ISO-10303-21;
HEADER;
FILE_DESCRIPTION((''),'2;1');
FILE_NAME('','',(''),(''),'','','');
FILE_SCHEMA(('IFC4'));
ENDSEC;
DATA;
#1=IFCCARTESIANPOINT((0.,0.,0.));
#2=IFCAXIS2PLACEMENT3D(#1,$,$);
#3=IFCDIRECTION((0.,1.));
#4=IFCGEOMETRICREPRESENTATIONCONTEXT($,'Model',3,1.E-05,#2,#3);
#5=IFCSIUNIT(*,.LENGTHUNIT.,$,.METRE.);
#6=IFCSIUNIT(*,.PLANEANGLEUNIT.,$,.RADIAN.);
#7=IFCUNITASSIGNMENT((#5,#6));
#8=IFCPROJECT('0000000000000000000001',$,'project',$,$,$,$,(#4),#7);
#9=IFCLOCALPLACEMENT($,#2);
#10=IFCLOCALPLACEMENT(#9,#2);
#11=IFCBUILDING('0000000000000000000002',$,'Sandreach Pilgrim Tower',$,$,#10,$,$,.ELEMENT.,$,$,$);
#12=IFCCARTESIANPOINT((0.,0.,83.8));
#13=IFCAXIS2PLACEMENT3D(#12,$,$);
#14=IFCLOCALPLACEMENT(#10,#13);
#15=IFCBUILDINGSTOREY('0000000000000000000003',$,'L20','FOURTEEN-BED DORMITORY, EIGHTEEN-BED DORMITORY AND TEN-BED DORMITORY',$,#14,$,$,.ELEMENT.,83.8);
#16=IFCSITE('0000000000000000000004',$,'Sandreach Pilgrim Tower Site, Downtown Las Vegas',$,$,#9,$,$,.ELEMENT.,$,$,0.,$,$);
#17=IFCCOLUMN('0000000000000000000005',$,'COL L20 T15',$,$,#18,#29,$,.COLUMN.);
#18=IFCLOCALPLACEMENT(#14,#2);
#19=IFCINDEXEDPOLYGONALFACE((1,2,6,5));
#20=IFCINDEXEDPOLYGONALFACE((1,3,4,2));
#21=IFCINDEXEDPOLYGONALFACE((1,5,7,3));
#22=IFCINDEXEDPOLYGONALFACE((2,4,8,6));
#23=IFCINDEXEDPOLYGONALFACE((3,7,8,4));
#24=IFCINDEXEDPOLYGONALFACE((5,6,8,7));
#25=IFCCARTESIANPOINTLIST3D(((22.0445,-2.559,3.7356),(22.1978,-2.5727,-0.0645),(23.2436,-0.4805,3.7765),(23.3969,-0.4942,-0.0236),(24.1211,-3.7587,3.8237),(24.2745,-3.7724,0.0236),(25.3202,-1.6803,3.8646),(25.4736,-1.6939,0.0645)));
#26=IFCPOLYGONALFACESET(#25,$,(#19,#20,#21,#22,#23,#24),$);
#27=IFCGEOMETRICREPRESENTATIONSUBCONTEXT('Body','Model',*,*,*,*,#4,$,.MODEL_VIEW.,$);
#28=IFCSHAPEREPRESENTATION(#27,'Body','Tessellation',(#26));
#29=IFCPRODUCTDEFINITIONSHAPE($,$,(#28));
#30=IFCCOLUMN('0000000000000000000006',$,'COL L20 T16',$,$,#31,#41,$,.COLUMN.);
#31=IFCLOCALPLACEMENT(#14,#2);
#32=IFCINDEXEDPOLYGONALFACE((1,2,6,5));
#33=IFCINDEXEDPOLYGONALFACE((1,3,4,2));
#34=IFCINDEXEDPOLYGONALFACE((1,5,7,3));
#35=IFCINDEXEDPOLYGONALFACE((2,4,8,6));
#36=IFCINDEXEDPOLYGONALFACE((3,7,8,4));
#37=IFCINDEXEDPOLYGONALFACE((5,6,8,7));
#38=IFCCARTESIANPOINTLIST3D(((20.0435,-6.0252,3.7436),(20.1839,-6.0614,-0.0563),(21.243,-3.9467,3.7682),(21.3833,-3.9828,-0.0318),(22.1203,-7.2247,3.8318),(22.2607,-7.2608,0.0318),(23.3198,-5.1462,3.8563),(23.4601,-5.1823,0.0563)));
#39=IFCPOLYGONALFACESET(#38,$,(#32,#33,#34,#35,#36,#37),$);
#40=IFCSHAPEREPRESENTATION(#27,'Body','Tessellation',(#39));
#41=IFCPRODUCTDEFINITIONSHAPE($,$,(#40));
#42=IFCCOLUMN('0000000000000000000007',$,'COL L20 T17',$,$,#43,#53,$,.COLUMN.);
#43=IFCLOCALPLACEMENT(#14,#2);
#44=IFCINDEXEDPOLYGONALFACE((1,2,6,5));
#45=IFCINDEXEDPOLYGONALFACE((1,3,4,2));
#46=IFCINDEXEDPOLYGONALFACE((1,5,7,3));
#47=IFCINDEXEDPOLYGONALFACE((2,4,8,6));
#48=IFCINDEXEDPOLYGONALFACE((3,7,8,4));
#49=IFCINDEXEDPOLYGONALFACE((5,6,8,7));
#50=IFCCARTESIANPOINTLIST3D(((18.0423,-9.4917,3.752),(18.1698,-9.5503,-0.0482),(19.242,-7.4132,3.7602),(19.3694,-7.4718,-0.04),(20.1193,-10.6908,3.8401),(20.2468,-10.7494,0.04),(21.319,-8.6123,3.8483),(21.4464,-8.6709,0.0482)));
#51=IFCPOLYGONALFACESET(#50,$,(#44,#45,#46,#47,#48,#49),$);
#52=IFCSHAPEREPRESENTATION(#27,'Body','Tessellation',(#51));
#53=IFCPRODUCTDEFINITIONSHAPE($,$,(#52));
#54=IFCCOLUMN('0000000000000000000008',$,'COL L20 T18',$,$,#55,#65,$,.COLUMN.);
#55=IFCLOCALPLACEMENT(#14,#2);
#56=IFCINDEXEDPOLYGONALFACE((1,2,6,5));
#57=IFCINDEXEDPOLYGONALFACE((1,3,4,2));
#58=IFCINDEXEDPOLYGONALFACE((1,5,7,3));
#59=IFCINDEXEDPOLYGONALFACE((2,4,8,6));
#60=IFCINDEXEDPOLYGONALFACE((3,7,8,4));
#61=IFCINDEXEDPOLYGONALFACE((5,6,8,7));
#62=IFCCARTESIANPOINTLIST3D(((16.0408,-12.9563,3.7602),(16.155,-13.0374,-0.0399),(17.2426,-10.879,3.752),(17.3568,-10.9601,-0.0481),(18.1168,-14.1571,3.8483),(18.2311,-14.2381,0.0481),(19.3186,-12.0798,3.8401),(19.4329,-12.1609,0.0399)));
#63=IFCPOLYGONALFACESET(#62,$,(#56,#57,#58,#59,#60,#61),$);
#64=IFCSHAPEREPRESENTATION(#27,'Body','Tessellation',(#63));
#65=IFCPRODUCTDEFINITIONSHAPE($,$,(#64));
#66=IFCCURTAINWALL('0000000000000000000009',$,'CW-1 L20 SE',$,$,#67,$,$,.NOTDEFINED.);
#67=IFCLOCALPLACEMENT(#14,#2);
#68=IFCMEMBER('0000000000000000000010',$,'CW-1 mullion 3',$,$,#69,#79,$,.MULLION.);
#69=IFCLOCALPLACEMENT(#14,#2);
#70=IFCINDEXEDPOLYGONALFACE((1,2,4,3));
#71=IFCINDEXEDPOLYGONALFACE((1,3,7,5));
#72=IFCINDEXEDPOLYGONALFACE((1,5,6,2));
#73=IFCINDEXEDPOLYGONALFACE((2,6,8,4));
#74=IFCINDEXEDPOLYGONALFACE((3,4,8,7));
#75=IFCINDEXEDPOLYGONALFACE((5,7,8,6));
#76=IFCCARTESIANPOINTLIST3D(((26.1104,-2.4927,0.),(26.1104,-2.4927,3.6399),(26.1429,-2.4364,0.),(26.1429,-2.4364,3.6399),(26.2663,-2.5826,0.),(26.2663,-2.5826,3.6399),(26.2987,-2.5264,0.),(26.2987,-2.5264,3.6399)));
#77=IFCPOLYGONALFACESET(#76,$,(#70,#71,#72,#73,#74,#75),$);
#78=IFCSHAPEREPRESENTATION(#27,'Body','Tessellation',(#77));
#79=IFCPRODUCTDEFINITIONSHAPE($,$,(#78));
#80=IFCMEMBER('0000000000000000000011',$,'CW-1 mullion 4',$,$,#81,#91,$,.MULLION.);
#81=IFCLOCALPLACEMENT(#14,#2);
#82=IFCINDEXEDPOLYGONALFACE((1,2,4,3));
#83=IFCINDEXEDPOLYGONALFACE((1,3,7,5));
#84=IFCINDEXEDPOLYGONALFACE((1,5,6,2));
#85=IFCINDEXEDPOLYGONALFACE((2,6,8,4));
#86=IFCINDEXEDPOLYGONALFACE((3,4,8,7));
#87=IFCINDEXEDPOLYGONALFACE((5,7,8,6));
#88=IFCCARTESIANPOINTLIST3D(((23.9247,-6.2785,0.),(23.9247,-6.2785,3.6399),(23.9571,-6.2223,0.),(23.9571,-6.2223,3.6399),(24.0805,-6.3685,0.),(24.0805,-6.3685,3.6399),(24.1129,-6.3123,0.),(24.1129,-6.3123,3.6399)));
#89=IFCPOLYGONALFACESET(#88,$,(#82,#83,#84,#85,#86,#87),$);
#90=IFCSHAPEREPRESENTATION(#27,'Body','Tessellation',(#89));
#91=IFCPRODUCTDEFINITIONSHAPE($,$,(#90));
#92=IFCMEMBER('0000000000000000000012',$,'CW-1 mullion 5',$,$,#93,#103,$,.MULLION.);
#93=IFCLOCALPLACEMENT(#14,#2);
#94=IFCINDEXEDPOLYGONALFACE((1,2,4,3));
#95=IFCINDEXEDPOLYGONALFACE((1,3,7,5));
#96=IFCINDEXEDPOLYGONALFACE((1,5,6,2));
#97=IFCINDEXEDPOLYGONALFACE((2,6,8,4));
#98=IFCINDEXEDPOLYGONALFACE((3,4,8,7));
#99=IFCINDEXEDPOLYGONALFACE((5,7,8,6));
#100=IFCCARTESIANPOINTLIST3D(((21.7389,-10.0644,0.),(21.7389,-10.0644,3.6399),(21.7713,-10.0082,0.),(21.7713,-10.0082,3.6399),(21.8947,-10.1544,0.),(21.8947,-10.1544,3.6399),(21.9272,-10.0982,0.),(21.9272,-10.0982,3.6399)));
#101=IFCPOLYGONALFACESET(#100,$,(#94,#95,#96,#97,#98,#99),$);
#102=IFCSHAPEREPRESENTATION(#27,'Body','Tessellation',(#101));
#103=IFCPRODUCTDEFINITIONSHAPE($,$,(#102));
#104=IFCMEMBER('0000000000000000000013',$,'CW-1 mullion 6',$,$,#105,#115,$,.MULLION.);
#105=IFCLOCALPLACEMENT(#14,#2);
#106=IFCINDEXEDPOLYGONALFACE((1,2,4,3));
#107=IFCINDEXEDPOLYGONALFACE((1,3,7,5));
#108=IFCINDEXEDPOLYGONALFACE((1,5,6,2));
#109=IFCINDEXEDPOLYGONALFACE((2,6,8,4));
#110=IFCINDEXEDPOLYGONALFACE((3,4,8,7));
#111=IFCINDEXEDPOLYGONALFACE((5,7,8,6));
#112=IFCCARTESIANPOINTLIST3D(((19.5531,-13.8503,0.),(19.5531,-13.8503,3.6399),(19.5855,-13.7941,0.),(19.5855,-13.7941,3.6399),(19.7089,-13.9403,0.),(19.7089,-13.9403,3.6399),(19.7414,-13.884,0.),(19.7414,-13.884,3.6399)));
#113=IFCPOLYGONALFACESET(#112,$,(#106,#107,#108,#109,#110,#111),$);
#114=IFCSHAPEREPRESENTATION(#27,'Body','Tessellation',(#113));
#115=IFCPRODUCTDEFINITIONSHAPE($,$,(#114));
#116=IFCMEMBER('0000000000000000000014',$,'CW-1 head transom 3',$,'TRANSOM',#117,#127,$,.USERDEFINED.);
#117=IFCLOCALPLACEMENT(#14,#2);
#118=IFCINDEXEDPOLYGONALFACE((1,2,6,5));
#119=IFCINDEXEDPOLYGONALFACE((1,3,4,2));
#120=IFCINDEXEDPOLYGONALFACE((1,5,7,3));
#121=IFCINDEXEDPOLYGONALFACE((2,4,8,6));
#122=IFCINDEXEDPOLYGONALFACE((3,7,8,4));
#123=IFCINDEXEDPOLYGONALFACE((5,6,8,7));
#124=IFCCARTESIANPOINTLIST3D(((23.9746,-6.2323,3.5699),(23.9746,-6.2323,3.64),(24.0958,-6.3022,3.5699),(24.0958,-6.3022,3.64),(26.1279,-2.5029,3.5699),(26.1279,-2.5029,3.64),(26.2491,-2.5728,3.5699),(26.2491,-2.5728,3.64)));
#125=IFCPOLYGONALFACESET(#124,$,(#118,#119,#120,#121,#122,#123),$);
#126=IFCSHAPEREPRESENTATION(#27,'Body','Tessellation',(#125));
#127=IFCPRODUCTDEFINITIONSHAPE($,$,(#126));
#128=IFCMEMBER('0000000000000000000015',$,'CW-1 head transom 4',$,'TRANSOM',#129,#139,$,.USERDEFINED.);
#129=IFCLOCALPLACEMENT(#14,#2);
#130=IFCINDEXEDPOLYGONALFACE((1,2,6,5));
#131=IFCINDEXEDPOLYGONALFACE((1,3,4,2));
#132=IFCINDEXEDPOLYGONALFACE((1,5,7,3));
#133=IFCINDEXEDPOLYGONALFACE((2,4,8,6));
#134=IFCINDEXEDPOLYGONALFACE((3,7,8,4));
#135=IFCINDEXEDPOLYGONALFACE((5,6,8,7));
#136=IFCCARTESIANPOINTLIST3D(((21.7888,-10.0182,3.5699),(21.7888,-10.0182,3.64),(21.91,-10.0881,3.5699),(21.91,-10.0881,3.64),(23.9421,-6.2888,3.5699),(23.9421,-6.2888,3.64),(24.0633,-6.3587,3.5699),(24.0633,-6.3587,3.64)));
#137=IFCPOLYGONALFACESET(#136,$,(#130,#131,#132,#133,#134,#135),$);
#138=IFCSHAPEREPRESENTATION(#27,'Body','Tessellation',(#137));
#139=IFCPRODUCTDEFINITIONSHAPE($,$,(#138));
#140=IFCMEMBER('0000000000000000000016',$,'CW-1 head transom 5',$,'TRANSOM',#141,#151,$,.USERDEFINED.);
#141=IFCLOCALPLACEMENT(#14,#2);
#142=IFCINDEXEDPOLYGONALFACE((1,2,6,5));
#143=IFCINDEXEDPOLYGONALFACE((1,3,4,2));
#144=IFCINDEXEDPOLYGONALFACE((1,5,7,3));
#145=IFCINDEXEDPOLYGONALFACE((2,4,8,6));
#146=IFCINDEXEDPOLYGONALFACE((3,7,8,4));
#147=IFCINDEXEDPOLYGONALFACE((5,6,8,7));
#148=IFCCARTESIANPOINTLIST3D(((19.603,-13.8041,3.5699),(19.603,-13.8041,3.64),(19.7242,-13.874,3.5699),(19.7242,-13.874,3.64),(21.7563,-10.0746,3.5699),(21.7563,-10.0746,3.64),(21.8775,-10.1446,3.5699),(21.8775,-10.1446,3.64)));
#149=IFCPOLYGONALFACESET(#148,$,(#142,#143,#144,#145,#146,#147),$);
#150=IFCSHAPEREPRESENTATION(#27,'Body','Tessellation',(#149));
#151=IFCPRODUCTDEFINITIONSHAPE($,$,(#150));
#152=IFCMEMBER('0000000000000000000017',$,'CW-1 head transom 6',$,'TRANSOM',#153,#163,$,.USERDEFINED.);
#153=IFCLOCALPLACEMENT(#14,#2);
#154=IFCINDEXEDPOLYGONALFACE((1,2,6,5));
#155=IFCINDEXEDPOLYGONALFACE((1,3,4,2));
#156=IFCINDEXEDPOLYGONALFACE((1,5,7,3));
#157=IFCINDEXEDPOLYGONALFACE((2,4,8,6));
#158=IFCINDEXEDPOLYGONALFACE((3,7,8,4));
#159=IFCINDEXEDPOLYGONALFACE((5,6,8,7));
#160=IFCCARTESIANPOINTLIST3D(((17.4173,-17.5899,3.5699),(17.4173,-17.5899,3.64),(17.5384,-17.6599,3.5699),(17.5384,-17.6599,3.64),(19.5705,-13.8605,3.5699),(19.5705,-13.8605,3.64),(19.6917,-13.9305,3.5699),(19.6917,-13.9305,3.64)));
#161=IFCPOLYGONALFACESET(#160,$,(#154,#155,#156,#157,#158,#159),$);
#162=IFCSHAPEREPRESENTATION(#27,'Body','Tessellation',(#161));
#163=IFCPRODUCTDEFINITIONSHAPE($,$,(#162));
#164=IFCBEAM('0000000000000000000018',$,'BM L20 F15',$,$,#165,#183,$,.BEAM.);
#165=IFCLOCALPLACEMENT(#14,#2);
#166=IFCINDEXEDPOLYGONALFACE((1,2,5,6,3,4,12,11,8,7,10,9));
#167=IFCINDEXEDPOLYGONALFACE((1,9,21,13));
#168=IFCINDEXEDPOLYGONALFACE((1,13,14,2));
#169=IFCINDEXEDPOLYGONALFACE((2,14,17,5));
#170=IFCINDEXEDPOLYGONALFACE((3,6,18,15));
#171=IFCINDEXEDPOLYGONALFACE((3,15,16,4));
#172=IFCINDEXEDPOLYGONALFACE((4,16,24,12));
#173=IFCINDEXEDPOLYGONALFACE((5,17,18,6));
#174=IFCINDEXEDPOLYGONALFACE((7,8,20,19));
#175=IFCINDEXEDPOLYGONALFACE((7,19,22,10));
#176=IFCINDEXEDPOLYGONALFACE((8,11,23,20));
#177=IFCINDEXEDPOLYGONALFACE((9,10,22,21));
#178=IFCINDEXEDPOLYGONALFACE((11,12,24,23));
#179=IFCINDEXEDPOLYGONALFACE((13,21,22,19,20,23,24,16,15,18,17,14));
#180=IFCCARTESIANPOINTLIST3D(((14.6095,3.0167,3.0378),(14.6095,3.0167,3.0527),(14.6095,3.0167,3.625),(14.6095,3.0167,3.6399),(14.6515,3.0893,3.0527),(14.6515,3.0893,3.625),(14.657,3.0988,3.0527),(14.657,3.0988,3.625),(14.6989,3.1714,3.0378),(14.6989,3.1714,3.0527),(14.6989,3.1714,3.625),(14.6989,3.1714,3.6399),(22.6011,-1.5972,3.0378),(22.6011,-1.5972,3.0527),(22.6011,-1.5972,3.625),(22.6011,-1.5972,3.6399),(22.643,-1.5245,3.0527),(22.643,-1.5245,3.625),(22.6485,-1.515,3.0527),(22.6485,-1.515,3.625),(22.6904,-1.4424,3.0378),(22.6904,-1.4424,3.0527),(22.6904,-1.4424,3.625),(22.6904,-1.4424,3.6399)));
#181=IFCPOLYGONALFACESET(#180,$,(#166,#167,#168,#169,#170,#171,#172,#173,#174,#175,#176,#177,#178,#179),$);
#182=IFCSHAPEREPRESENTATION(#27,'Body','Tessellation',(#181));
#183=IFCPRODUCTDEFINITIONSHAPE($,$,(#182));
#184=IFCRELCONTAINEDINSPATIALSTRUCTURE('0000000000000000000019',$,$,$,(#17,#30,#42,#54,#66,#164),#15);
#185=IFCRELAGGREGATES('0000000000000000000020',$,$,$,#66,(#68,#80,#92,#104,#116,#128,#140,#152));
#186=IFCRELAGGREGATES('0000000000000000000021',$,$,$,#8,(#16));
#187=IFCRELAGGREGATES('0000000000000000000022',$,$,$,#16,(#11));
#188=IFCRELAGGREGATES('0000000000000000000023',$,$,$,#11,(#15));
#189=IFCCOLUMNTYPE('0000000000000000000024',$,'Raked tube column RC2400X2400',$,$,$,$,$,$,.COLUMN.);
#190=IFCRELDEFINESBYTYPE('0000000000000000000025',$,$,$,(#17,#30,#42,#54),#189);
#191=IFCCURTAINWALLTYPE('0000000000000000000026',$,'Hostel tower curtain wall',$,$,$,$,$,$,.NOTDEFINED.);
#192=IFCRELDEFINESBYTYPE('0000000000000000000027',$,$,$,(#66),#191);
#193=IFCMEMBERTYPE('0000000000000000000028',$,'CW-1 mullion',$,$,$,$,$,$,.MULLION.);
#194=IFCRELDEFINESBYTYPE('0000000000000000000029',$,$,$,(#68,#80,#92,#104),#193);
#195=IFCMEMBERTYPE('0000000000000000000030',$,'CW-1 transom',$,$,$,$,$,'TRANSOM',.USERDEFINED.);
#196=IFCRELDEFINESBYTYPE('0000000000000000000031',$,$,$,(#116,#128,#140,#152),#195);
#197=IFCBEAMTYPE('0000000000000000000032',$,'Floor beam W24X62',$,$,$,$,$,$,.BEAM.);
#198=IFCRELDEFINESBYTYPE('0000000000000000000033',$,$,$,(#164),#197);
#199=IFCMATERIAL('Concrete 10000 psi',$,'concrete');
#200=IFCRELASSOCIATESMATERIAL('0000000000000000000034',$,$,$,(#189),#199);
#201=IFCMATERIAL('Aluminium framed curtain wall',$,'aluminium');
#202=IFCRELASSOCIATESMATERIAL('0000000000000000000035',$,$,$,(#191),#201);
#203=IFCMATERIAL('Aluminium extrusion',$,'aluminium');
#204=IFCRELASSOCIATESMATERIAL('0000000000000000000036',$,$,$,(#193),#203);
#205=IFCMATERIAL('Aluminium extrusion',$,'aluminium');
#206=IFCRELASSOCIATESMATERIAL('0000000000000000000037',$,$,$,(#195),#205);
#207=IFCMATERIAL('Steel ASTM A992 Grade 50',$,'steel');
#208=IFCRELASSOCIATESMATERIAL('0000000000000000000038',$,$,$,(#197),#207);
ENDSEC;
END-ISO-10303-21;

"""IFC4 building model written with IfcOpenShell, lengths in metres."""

from ifc_helpers import new_model, si_unit, direction, frame, origin, origin_2d, place, context, subcontext, project, spatial, rectangle, i_section, extrude, material, material_profile, profile_set, type_object, element, aggregate, save


model = new_model("IFC4")

# Units and contexts
model_context = context("Model", 3, precision=1e-05, world=origin(), true_north=direction((0.0, 1.0)))
body_context = subcontext(model_context, "Body", "Model", "MODEL_VIEW")
ifc_project = project(units=[si_unit("LENGTHUNIT", "METRE"), si_unit("PLANEANGLEUNIT", "RADIAN")], contexts=[model_context])

# Site, building, storey
site_placement = place(None, origin())
site = spatial("IfcSite", under=ifc_project, at=site_placement, Name="Sandreach Pilgrim Tower Site, Downtown Las Vegas", CompositionType="ELEMENT", RefElevation=0.0)
building_placement = place(site_placement, origin())
building = spatial("IfcBuilding", under=site, at=building_placement, Name="Sandreach Pilgrim Tower", CompositionType="ELEMENT")
storey_placement = place(building_placement, frame((0.0, 0.0, 83.8)))
storey = spatial("IfcBuildingStorey", under=building, at=storey_placement, Name="L20", Description="FOURTEEN-BED DORMITORY, EIGHTEEN-BED DORMITORY AND TEN-BED DORMITORY", CompositionType="ELEMENT", Elevation=83.8)

# Columns
ifc_material_1 = material(Name="Concrete 10000 psi", Category="concrete")
ifc_material_profile_1 = material_profile(ifc_material_1, rectangle(XDim=2.3999, YDim=2.3999, at=origin_2d()), Name="RC2400X2400")
ifc_profile_set_1 = profile_set([ifc_material_profile_1], Name="Concrete 10000 psi")
column_type = type_object("IfcColumnType", Name="Raked tube column RC2400X2400", PredefinedType="COLUMN", material=ifc_profile_set_1)
column_placement = place(storey_placement, frame((23.8357, -2.1333, 0.0), z_axis=(-0.040314, 0.003595, 0.999181), x_axis=(0.865292, -0.499922, 0.036711)))
element("IfcColumn", 1, at=column_placement, inside=storey, type_object=column_type, Name="COL L20 T15", PredefinedType="COLUMN", context=body_context, shape_type="SweptSolid", body=[
    extrude(rectangle(XDim=2.3999, YDim=2.3999, at=origin_2d()), origin(), (0.0, 0.0, 1.0), 3.8032),
])
for number, where, z_axis, x_axis, name in (
    (2, (21.822, -5.6218, 0.0), (-0.036915, 0.009502, 0.999273), (0.865363, -0.499798, 0.03672), "COL L20 T16"),
    (3, (19.8081, -9.1106, 0.0), (-0.033514, 0.015409, 0.999319), (0.865448, -0.499651, 0.036729), "COL L20 T17"),
    (4, (17.7939, -12.5991, 0.0), (-0.030047, 0.021315, 0.999321), (0.865056, -0.500333, 0.036682), "COL L20 T18"),
):
    element("IfcColumn", number, at=place(storey_placement, frame(where, z_axis=z_axis, x_axis=x_axis)), inside=storey, type_object=column_type, Name=name, PredefinedType="COLUMN", context=body_context, shape_type="SweptSolid", body=[
        extrude(rectangle(XDim=2.3999, YDim=2.3999, at=origin_2d()), origin(), (0.0, 0.0, 1.0), 3.8027),
    ])

# Curtain wall, members
ifc_material_2 = material(Name="Aluminium framed curtain wall", Category="aluminium")
curtain_wall_type = type_object("IfcCurtainWallType", Name="Hostel tower curtain wall", PredefinedType="NOTDEFINED", material=ifc_material_2)
curtain_wall_placement = place(storey_placement, origin())
curtain_wall = element("IfcCurtainWall", 5, at=curtain_wall_placement, inside=storey, type_object=curtain_wall_type, Name="CW-1 L20 SE", PredefinedType="NOTDEFINED")
ifc_material_3 = material(Name="Aluminium extrusion", Category="aluminium")
ifc_material_profile_2 = material_profile(ifc_material_3, rectangle(XDim=0.0649, YDim=0.1799, at=origin_2d()), Name="CW-1M 65X180")
ifc_profile_set_2 = profile_set([ifc_material_profile_2], Name="Aluminium extrusion")
member_type_1 = type_object("IfcMemberType", Name="CW-1 mullion", PredefinedType="MULLION", material=ifc_profile_set_2)
member_1_placement = place(storey_placement, frame((26.2046, -2.5095, 0.0), z_axis=(0.0, 0.0, 1.0), x_axis=(-0.5, -0.866025, 0.0)))
member_1 = element("IfcMember", 6, at=member_1_placement, type_object=member_type_1, Name="CW-1 mullion 3", PredefinedType="MULLION", context=body_context, shape_type="SweptSolid", body=[
    extrude(rectangle(XDim=0.0649, YDim=0.1799, at=origin_2d()), origin(), (0.0, 0.0, 1.0), 3.6399),
])
member_2_placement = place(storey_placement, frame((24.0188, -6.2954, 0.0), z_axis=(0.0, 0.0, 1.0), x_axis=(-0.5, -0.866025, 0.0)))
member_2 = element("IfcMember", 7, at=member_2_placement, type_object=member_type_1, Name="CW-1 mullion 4", PredefinedType="MULLION", context=body_context, shape_type="SweptSolid", body=[
    extrude(rectangle(XDim=0.0649, YDim=0.1799, at=origin_2d()), origin(), (0.0, 0.0, 1.0), 3.6399),
])
member_3_placement = place(storey_placement, frame((21.833, -10.0813, 0.0), z_axis=(0.0, 0.0, 1.0), x_axis=(-0.5, -0.866025, 0.0)))
member_3 = element("IfcMember", 8, at=member_3_placement, type_object=member_type_1, Name="CW-1 mullion 5", PredefinedType="MULLION", context=body_context, shape_type="SweptSolid", body=[
    extrude(rectangle(XDim=0.0649, YDim=0.1799, at=origin_2d()), origin(), (0.0, 0.0, 1.0), 3.6399),
])
member_4_placement = place(storey_placement, frame((19.6472, -13.8672, 0.0), z_axis=(0.0, 0.0, 1.0), x_axis=(-0.5, -0.866025, 0.0)))
member_4 = element("IfcMember", 9, at=member_4_placement, type_object=member_type_1, Name="CW-1 mullion 6", PredefinedType="MULLION", context=body_context, shape_type="SweptSolid", body=[
    extrude(rectangle(XDim=0.0649, YDim=0.1799, at=origin_2d()), origin(), (0.0, 0.0, 1.0), 3.6399),
])
ifc_material_4 = material(Name="Aluminium extrusion", Category="aluminium")
ifc_material_profile_3 = material_profile(ifc_material_4, rectangle(XDim=0.1399, YDim=0.0701, at=origin_2d()), Name="CW-1T 140X70")
ifc_profile_set_3 = profile_set([ifc_material_profile_3], Name="Aluminium extrusion")
member_type_2 = type_object("IfcMemberType", Name="CW-1 transom", ElementType="TRANSOM", PredefinedType="USERDEFINED", material=ifc_profile_set_3)
member_5_placement = place(storey_placement, frame((26.1885, -2.5378, 3.605), z_axis=(-0.500017, -0.866016, 0.0), x_axis=(0.866016, -0.500017, 0.0)))
member_5 = element("IfcMember", 10, at=member_5_placement, type_object=member_type_2, Name="CW-1 head transom 3", ObjectType="TRANSOM", PredefinedType="USERDEFINED", context=body_context, shape_type="SweptSolid", body=[
    extrude(rectangle(XDim=0.1399, YDim=0.0701, at=origin_2d()), origin(), (0.0, 0.0, 1.0), 4.3064),
])
member_6_placement = place(storey_placement, frame((24.0027, -6.3237, 3.605), z_axis=(-0.500017, -0.866016, 0.0), x_axis=(0.866016, -0.500017, 0.0)))
member_6 = element("IfcMember", 11, at=member_6_placement, type_object=member_type_2, Name="CW-1 head transom 4", ObjectType="TRANSOM", PredefinedType="USERDEFINED", context=body_context, shape_type="SweptSolid", body=[
    extrude(rectangle(XDim=0.1399, YDim=0.0701, at=origin_2d()), origin(), (0.0, 0.0, 1.0), 4.3064),
])
member_7_placement = place(storey_placement, frame((21.8169, -10.1096, 3.605), z_axis=(-0.500017, -0.866016, 0.0), x_axis=(0.866016, -0.500017, 0.0)))
member_7 = element("IfcMember", 12, at=member_7_placement, type_object=member_type_2, Name="CW-1 head transom 5", ObjectType="TRANSOM", PredefinedType="USERDEFINED", context=body_context, shape_type="SweptSolid", body=[
    extrude(rectangle(XDim=0.1399, YDim=0.0701, at=origin_2d()), origin(), (0.0, 0.0, 1.0), 4.3064),
])
member_8_placement = place(storey_placement, frame((19.6311, -13.8955, 3.605), z_axis=(-0.500017, -0.866016, 0.0), x_axis=(0.866016, -0.500017, 0.0)))
member_8 = element("IfcMember", 13, at=member_8_placement, type_object=member_type_2, Name="CW-1 head transom 6", ObjectType="TRANSOM", PredefinedType="USERDEFINED", context=body_context, shape_type="SweptSolid", body=[
    extrude(rectangle(XDim=0.1399, YDim=0.0701, at=origin_2d()), origin(), (0.0, 0.0, 1.0), 4.3064),
])

# Beam
ifc_material_5 = material(Name="Steel ASTM A992 Grade 50", Category="steel")
ifc_material_profile_4 = material_profile(ifc_material_5, i_section(OverallWidth=0.1787, OverallDepth=0.6021, WebThickness=0.011, FlangeThickness=0.0149, at=origin_2d()), Name="W24X62")
ifc_profile_set_4 = profile_set([ifc_material_profile_4], Name="Steel ASTM A992 Grade 50")
beam_type_1 = type_object("IfcBeamType", Name="Floor beam W24X62", PredefinedType="BEAM", material=ifc_profile_set_4)
beam_1_placement = place(storey_placement, frame((22.6458, -1.5198, 3.3389), z_axis=(-0.86603, 0.499992, 0.0), x_axis=(-0.499992, -0.86603, 0.0)))
element("IfcBeam", 14, at=beam_1_placement, inside=storey, type_object=beam_type_1, Name="BM L20 F15", PredefinedType="BEAM", context=body_context, shape_type="SweptSolid", body=[
    extrude(i_section(OverallWidth=0.1787, OverallDepth=0.6021, WebThickness=0.011, FlangeThickness=0.0149, at=origin_2d()), origin(), (0.0, 0.0, 1.0), 9.2278),
])

aggregate(curtain_wall, [member_1, member_2, member_3, member_4, member_5, member_6, member_7, member_8])

save(model, "model.ifc")
